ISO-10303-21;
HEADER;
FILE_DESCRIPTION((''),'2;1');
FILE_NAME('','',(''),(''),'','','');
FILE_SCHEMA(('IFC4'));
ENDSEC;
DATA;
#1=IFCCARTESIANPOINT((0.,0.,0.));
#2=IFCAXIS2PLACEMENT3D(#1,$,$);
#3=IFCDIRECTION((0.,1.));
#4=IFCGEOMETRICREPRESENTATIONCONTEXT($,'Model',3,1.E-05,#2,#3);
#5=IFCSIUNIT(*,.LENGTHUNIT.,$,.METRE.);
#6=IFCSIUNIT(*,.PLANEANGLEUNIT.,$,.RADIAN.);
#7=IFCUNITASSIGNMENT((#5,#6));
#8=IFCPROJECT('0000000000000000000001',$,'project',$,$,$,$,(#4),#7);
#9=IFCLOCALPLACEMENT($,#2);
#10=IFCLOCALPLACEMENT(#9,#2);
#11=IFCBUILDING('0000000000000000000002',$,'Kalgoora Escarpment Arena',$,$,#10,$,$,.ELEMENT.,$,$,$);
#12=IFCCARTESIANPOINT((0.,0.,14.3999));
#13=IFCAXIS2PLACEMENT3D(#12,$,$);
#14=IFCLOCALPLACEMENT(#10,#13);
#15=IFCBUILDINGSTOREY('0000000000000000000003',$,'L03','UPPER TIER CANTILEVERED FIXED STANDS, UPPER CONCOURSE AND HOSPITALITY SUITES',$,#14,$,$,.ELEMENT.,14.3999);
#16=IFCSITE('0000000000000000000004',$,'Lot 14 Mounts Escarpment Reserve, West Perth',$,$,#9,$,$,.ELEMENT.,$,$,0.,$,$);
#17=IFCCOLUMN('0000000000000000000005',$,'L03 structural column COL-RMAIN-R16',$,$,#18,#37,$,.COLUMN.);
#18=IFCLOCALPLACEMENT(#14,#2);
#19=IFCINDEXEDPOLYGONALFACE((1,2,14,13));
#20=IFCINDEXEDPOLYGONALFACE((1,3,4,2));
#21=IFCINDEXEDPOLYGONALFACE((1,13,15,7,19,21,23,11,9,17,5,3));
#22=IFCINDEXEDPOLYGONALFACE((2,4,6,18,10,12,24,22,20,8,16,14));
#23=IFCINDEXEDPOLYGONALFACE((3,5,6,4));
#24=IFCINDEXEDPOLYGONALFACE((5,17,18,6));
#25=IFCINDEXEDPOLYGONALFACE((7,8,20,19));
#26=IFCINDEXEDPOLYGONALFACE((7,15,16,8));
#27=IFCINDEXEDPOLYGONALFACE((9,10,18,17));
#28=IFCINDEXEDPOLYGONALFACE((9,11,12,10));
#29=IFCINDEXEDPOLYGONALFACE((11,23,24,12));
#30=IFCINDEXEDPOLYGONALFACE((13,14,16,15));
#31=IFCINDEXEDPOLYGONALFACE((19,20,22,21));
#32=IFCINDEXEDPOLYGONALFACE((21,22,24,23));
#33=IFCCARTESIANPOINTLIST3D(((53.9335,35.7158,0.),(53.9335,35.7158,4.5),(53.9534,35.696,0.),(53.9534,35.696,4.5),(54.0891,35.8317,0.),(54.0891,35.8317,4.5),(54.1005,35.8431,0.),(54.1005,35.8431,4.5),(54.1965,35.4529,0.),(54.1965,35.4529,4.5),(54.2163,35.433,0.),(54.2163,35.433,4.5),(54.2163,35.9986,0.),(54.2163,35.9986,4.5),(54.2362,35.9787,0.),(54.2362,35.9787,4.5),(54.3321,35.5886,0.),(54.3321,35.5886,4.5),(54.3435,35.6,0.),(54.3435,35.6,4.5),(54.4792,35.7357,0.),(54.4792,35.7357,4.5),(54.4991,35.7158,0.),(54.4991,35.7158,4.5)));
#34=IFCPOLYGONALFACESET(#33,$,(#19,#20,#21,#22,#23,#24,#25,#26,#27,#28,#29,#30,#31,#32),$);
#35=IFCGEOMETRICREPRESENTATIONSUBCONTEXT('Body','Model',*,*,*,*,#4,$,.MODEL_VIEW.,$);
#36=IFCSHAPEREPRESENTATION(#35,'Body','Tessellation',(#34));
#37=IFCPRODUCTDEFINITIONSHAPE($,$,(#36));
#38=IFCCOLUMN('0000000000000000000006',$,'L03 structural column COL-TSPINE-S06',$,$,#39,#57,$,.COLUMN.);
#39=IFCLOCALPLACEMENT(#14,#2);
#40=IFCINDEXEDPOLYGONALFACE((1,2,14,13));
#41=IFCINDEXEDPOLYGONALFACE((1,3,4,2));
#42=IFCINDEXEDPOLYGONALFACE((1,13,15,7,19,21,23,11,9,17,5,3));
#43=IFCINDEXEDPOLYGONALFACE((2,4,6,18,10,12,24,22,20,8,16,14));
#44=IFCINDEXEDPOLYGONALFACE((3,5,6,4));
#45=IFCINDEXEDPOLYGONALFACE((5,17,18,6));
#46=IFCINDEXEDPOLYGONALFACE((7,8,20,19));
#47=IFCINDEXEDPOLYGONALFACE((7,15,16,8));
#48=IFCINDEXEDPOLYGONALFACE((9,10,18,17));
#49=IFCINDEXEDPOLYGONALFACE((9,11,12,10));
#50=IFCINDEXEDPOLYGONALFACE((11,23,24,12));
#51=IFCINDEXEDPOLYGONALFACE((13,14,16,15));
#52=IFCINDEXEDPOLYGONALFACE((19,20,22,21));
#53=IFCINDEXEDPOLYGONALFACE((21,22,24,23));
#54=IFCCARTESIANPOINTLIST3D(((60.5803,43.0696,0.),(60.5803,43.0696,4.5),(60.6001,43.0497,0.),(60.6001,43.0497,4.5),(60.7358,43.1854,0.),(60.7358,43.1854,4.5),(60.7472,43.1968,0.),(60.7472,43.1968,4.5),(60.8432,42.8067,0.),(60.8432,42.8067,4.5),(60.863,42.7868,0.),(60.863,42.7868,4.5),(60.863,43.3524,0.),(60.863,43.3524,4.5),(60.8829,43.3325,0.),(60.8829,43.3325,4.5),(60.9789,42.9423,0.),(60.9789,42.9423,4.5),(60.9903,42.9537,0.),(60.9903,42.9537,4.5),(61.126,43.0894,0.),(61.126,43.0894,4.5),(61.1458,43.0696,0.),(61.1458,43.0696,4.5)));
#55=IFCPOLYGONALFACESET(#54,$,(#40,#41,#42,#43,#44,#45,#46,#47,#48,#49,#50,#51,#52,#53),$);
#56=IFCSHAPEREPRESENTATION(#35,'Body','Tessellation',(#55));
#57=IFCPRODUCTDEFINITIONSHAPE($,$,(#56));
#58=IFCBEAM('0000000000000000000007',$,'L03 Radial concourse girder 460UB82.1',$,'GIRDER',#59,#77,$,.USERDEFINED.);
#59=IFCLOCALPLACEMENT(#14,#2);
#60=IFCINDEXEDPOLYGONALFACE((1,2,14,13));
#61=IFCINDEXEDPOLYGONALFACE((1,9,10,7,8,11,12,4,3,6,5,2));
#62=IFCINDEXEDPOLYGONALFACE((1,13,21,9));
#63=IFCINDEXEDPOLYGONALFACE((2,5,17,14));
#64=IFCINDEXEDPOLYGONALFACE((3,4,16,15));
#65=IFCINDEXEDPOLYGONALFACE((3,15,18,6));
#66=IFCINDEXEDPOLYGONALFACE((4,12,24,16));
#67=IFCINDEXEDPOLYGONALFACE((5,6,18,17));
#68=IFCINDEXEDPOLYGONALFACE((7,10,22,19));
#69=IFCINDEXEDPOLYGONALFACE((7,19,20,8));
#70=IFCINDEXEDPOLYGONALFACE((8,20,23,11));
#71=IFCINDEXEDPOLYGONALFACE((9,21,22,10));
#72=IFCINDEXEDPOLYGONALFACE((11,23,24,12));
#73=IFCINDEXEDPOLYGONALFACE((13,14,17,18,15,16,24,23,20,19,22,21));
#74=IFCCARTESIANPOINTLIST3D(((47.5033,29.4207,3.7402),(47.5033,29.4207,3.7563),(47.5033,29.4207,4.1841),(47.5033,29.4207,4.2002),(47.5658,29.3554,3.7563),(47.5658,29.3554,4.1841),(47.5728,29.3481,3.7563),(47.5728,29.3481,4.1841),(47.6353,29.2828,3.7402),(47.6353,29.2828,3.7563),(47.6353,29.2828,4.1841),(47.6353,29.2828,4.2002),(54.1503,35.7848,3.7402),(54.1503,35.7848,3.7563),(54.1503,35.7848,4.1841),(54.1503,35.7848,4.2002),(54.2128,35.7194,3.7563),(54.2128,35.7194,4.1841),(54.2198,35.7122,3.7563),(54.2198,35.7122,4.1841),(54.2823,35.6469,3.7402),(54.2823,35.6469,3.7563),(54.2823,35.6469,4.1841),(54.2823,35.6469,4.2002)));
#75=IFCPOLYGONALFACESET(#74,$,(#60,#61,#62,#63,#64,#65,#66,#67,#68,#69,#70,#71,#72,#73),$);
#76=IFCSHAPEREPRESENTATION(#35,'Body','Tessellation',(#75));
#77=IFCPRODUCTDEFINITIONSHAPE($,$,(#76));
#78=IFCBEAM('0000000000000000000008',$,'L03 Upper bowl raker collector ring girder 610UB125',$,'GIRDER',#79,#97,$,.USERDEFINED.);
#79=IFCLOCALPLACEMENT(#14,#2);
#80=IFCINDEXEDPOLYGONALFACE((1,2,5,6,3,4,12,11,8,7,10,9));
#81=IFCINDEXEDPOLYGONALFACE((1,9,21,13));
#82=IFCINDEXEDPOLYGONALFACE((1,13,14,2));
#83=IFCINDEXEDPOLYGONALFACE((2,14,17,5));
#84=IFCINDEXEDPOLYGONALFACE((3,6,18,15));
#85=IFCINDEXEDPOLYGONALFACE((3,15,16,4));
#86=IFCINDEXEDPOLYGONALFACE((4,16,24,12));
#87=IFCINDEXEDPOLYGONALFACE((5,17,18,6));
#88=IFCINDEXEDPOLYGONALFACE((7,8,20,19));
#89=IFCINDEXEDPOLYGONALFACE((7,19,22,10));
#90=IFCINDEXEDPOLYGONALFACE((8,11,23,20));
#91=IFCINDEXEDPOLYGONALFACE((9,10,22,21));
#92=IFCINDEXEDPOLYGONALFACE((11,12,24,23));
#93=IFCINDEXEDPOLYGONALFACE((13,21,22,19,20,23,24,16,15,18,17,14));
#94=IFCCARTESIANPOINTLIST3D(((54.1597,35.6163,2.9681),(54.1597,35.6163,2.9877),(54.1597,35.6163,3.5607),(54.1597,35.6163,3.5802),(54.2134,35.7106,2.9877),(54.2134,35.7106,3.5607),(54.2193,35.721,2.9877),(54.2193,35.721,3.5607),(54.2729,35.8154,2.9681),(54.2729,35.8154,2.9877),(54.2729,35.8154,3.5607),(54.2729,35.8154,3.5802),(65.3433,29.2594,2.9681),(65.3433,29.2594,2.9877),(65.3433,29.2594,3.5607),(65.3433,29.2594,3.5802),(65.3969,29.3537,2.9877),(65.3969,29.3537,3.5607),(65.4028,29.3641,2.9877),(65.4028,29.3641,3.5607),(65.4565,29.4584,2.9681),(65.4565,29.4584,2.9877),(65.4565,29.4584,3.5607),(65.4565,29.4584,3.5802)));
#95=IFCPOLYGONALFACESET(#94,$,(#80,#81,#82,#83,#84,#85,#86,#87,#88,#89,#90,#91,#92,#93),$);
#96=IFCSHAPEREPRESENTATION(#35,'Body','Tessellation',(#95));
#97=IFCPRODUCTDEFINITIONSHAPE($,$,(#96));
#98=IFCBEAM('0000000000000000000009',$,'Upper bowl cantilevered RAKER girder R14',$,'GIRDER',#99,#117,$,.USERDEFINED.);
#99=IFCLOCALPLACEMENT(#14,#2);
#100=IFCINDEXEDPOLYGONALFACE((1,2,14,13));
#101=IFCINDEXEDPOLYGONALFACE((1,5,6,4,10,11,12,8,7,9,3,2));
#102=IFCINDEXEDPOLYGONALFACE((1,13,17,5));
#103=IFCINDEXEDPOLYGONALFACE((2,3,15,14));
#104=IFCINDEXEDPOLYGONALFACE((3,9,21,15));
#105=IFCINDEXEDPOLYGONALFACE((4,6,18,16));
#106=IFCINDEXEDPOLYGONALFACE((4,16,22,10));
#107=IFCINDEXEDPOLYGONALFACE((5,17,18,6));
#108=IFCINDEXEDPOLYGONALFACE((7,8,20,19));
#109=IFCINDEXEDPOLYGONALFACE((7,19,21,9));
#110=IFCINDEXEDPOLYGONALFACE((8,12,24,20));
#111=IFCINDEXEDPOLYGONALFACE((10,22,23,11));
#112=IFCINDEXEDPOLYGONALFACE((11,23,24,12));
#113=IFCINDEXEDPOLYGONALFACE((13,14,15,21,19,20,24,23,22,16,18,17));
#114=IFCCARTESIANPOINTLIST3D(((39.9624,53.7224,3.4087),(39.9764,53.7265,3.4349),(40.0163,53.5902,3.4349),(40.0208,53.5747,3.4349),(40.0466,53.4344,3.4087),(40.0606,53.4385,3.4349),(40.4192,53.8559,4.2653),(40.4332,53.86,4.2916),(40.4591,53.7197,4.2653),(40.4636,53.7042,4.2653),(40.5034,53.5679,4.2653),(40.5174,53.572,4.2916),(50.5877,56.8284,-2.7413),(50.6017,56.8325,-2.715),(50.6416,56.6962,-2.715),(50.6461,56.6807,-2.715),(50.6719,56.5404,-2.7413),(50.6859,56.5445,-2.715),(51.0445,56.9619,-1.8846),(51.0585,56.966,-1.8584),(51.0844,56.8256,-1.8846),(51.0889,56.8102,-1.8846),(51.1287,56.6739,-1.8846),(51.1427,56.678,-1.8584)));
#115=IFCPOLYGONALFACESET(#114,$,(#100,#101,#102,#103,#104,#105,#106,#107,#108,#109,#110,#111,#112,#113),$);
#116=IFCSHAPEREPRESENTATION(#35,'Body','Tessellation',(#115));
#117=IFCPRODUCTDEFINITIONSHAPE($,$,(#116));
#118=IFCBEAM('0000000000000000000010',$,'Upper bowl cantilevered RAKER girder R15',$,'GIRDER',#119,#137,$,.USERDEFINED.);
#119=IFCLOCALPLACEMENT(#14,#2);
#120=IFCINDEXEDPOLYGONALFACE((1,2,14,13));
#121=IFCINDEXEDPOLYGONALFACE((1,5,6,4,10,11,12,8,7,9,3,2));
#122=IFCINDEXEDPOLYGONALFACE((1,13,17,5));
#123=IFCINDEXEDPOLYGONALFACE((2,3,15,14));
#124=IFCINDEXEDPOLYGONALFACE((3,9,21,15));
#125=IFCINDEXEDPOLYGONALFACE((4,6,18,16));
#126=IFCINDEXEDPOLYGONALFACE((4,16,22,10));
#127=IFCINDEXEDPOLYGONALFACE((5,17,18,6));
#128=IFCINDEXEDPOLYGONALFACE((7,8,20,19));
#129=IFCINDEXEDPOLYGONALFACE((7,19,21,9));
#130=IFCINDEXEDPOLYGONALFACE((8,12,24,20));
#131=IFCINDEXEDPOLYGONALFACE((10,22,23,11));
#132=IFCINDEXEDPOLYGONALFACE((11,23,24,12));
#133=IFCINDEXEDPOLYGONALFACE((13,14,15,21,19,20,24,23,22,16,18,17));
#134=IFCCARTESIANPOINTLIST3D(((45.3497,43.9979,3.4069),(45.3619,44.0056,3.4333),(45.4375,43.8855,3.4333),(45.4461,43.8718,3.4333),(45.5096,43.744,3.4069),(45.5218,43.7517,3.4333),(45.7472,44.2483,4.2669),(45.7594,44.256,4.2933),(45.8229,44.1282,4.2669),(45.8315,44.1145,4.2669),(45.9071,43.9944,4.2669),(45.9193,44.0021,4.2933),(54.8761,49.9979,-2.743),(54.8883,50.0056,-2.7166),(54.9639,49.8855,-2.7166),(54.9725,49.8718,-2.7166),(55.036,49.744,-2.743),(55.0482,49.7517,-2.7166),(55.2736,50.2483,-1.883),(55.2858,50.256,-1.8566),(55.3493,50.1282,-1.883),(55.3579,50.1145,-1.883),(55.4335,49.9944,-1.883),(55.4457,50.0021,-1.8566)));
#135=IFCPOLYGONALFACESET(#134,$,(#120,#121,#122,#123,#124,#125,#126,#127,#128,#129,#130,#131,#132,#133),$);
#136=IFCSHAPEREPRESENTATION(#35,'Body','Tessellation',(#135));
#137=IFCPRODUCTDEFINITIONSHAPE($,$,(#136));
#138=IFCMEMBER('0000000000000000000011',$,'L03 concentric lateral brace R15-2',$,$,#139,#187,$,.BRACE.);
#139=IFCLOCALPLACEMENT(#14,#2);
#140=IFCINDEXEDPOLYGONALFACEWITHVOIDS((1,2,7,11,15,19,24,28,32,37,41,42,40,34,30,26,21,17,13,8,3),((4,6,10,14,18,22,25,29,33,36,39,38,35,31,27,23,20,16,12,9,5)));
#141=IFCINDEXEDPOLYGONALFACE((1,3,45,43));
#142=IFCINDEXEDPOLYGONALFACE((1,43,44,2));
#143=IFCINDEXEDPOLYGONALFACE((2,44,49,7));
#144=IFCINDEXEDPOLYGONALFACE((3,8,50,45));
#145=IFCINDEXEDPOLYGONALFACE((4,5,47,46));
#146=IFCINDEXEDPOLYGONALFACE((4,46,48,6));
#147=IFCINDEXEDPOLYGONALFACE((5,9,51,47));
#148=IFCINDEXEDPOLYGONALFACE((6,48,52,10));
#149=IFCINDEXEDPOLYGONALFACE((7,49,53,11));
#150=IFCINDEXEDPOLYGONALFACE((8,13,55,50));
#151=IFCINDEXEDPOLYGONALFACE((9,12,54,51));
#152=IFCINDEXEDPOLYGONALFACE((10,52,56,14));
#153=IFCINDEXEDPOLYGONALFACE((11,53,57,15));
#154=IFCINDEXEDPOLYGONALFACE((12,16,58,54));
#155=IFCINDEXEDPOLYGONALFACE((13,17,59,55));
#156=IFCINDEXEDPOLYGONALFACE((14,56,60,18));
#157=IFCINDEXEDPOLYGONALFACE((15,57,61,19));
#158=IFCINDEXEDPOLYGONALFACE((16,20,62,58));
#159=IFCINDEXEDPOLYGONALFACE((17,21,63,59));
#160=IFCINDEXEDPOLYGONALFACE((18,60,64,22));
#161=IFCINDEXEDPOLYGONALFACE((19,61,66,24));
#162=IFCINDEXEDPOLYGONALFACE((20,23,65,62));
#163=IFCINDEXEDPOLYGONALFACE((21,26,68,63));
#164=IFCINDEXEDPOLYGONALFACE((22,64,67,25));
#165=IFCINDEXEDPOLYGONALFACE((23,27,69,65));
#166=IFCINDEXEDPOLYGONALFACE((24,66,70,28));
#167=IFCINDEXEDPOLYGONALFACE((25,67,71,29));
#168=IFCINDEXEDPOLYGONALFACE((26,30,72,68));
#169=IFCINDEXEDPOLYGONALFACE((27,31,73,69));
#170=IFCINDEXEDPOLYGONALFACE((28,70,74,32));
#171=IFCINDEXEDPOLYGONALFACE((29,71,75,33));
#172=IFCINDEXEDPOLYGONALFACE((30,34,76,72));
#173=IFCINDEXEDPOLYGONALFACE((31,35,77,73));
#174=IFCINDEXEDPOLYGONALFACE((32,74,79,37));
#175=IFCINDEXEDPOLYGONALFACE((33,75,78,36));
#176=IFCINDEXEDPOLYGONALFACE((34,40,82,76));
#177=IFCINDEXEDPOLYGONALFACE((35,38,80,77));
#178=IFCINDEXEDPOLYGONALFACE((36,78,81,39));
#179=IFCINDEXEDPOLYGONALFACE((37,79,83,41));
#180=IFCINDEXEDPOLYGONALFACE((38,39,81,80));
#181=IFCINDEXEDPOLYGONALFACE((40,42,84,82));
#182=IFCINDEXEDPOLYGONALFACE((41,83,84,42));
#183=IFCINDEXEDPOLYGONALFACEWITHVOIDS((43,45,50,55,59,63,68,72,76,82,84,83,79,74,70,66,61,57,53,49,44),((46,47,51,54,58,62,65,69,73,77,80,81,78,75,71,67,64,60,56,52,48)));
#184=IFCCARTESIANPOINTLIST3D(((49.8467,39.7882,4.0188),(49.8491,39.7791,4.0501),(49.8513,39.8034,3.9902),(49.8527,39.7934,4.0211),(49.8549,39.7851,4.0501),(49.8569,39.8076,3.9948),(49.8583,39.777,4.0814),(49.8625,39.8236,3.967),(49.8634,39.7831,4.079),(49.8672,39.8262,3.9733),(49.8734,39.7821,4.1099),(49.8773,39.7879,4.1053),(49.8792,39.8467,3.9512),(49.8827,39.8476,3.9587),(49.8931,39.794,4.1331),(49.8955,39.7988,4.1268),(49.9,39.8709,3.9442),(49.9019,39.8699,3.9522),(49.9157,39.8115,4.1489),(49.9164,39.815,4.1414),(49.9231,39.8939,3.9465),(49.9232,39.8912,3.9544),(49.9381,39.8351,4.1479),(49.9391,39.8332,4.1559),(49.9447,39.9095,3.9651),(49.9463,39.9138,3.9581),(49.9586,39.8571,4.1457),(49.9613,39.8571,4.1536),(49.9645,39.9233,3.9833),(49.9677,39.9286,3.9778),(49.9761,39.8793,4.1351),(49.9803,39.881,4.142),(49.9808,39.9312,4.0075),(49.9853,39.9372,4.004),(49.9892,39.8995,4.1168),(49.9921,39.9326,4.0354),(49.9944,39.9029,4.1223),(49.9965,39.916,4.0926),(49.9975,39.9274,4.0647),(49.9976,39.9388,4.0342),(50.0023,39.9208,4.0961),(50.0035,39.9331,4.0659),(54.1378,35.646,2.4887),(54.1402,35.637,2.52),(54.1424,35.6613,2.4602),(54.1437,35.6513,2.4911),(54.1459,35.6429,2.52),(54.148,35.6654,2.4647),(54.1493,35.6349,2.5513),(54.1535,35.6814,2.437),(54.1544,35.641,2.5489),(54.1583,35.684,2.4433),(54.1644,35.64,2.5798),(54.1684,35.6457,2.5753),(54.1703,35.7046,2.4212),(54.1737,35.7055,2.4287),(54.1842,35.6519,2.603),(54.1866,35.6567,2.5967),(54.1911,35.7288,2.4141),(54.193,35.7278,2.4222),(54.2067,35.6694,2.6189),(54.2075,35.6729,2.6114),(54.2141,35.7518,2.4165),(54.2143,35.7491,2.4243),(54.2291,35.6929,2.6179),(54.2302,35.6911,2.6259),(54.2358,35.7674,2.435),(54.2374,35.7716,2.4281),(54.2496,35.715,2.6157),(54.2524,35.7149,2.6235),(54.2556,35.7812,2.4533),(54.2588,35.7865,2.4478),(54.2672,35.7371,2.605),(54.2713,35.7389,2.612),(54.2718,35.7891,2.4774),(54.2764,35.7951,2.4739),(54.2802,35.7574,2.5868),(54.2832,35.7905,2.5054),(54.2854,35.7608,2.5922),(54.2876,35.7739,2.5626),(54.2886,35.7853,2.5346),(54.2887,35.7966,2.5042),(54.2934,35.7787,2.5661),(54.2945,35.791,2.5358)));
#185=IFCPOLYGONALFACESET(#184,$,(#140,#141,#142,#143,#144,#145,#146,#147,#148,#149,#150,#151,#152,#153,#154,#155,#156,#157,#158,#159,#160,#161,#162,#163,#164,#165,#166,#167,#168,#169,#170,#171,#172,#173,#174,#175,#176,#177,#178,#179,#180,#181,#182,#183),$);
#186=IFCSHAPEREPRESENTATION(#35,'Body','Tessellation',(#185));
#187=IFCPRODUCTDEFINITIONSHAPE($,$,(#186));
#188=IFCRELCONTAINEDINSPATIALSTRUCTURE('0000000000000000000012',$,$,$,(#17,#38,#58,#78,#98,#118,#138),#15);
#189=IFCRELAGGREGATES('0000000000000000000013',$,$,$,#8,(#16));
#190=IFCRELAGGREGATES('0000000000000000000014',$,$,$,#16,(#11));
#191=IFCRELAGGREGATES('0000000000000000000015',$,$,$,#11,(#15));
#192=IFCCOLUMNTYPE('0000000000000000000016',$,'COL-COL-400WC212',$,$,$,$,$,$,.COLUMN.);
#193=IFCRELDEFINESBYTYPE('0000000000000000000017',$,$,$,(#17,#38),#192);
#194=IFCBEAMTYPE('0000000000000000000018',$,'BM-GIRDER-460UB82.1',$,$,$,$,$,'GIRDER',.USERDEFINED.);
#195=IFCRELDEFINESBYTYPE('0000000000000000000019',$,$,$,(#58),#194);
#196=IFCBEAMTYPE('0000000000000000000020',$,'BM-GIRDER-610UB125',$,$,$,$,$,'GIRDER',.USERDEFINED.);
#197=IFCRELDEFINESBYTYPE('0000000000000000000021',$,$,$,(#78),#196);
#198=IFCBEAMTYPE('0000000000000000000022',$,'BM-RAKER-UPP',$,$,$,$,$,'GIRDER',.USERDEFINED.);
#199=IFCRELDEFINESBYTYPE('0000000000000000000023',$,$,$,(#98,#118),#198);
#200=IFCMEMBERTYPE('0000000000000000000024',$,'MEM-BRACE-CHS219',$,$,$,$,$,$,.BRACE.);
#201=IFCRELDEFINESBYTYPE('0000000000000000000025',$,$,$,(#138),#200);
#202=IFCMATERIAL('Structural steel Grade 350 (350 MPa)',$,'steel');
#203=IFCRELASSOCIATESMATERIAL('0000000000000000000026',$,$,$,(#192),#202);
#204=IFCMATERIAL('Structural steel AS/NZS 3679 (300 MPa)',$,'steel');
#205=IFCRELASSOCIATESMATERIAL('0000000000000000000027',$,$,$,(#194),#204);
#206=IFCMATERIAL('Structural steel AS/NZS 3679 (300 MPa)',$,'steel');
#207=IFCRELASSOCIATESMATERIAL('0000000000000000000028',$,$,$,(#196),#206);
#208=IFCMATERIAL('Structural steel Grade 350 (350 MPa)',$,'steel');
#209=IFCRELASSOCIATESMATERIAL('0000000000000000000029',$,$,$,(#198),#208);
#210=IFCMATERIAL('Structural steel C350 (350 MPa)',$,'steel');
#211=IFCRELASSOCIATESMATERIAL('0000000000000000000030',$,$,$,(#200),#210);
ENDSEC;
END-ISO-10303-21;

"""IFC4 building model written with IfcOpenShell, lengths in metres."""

from ifc_helpers import new_model, si_unit, direction, frame, origin, origin_2d, place, context, subcontext, project, spatial, hollow_circle, i_section, extrude, material, material_profile, profile_set, type_object, element, save


model = new_model("IFC4")

# Units and contexts
model_context = context("Model", 3, precision=1e-05, world=origin(), true_north=direction((0.0, 1.0)))
body_context = subcontext(model_context, "Body", "Model", "MODEL_VIEW")
ifc_project = project(units=[si_unit("LENGTHUNIT", "METRE"), si_unit("PLANEANGLEUNIT", "RADIAN")], contexts=[model_context])

# Site, building, storey
site_placement = place(None, origin())
site = spatial("IfcSite", under=ifc_project, at=site_placement, Name="Lot 14 Mounts Escarpment Reserve, West Perth", CompositionType="ELEMENT", RefElevation=0.0)
building_placement = place(site_placement, origin())
building = spatial("IfcBuilding", under=site, at=building_placement, Name="Kalgoora Escarpment Arena", CompositionType="ELEMENT")
storey_placement = place(building_placement, frame((0.0, 0.0, 14.3999)))
storey = spatial("IfcBuildingStorey", under=building, at=storey_placement, Name="L03", Description="UPPER TIER CANTILEVERED FIXED STANDS, UPPER CONCOURSE AND HOSPITALITY SUITES", CompositionType="ELEMENT", Elevation=14.3999)

# Columns
ifc_material_1 = material(Name="Structural steel Grade 350 (350 MPa)", Category="steel")
ifc_material_profile_1 = material_profile(ifc_material_1, i_section(OverallWidth=0.3999, OverallDepth=0.3999, WebThickness=0.0161, FlangeThickness=0.0281, at=origin_2d()))
ifc_profile_set_1 = profile_set([ifc_material_profile_1], Name="Structural steel Grade 350 (350 MPa)")
column_type = type_object("IfcColumnType", Name="COL-COL-400WC212", PredefinedType="COLUMN", material=ifc_profile_set_1)
for number, where, z_axis, x_axis, name in (
    (1, (54.2163, 35.7158, 0.0), (0.0, 0.0, 1.0), (-0.707107, -0.707107, 0.0), "L03 structural column COL-RMAIN-R16"),
    (2, (60.863, 43.0696, 0.0), (0.0, 0.0, 1.0), (-0.707107, -0.707107, 0.0), "L03 structural column COL-TSPINE-S06"),
):
    element("IfcColumn", number, at=place(storey_placement, frame(where, z_axis=z_axis, x_axis=x_axis)), inside=storey, type_object=column_type, Name=name, PredefinedType="COLUMN", context=body_context, shape_type="SweptSolid", body=[
        extrude(i_section(OverallWidth=0.3999, OverallDepth=0.3999, WebThickness=0.0161, FlangeThickness=0.0281, at=origin_2d()), origin(), (0.0, 0.0, 1.0), 4.5),
    ])

# Beams
ifc_material_2 = material(Name="Structural steel AS/NZS 3679 (300 MPa)", Category="steel")
ifc_material_profile_2 = material_profile(ifc_material_2, i_section(OverallWidth=0.1909, OverallDepth=0.46, WebThickness=0.01, FlangeThickness=0.0161, at=origin_2d()))
ifc_profile_set_2 = profile_set([ifc_material_profile_2], Name="Structural steel AS/NZS 3679 (300 MPa)")
beam_type_1 = type_object("IfcBeamType", Name="BM-GIRDER-460UB82.1", ElementType="GIRDER", PredefinedType="USERDEFINED", material=ifc_profile_set_2)
beam_1_placement = place(storey_placement, frame((54.2163, 35.7158, 3.9702), z_axis=(-0.722314, -0.691565, 0.0), x_axis=(0.691565, -0.722314, 0.0)))
element("IfcBeam", 3, at=beam_1_placement, inside=storey, type_object=beam_type_1, Name="L03 Radial concourse girder 460UB82.1", ObjectType="GIRDER", PredefinedType="USERDEFINED", context=body_context, shape_type="SweptSolid", body=[
    extrude(i_section(OverallWidth=0.1909, OverallDepth=0.46, WebThickness=0.01, FlangeThickness=0.0161, at=origin_2d()), origin(), (0.0, 0.0, 1.0), 9.2024),
])
ifc_material_3 = material(Name="Structural steel AS/NZS 3679 (300 MPa)", Category="steel")
ifc_material_profile_3 = material_profile(ifc_material_3, i_section(OverallWidth=0.229, OverallDepth=0.6121, WebThickness=0.012, FlangeThickness=0.0195, at=origin_2d()))
ifc_profile_set_3 = profile_set([ifc_material_profile_3], Name="Structural steel AS/NZS 3679 (300 MPa)")
beam_type_2 = type_object("IfcBeamType", Name="BM-GIRDER-610UB125", ElementType="GIRDER", PredefinedType="USERDEFINED", material=ifc_profile_set_3)
beam_2_placement = place(storey_placement, frame((54.2163, 35.7158, 3.2742), z_axis=(0.869369, -0.494163, 0.0), x_axis=(0.494163, 0.869369, 0.0)))
element("IfcBeam", 4, at=beam_2_placement, inside=storey, type_object=beam_type_2, Name="L03 Upper bowl raker collector ring girder 610UB125", ObjectType="GIRDER", PredefinedType="USERDEFINED", context=body_context, shape_type="SweptSolid", body=[
    extrude(i_section(OverallWidth=0.229, OverallDepth=0.6121, WebThickness=0.012, FlangeThickness=0.0195, at=origin_2d()), origin(), (0.0, 0.0, 1.0), 12.864),
])
ifc_material_4 = material(Name="Structural steel Grade 350 (350 MPa)", Category="steel")
ifc_material_profile_4 = material_profile(ifc_material_4, i_section(OverallWidth=0.3, OverallDepth=1.01, WebThickness=0.0161, FlangeThickness=0.03, at=origin_2d()))
ifc_profile_set_4 = profile_set([ifc_material_profile_4], Name="Structural steel Grade 350 (350 MPa)")
beam_type_3 = type_object("IfcBeamType", Name="BM-RAKER-UPP", ElementType="GIRDER", PredefinedType="USERDEFINED", material=ifc_profile_set_4)
beam_3_placement = place(storey_placement, frame((50.8652, 56.7532, -2.2998), z_axis=(-0.839045, -0.245269, 0.48564), x_axis=(0.280577, -0.959832, 0.0)))
element("IfcBeam", 5, at=beam_3_placement, inside=storey, type_object=beam_type_3, Name="Upper bowl cantilevered RAKER girder R14", ObjectType="GIRDER", PredefinedType="USERDEFINED", context=body_context, shape_type="SweptSolid", body=[
    extrude(i_section(OverallWidth=0.3, OverallDepth=1.01, WebThickness=0.0161, FlangeThickness=0.03, at=origin_2d()), origin(), (0.0, 0.0, 1.0), 12.6636),
])
beam_4_placement = place(storey_placement, frame((55.1609, 50.0, -2.2998), z_axis=(-0.742588, -0.467705, 0.47939), x_axis=(0.532935, -0.846156, 0.0)))
element("IfcBeam", 6, at=beam_4_placement, inside=storey, type_object=beam_type_3, Name="Upper bowl cantilevered RAKER girder R15", ObjectType="GIRDER", PredefinedType="USERDEFINED", context=body_context, shape_type="SweptSolid", body=[
    extrude(i_section(OverallWidth=0.3, OverallDepth=1.01, WebThickness=0.0161, FlangeThickness=0.03, at=origin_2d()), origin(), (0.0, 0.0, 1.0), 12.8286),
])

# Member
ifc_material_5 = material(Name="Structural steel C350 (350 MPa)", Category="steel")
ifc_material_profile_5 = material_profile(ifc_material_5, hollow_circle(Radius=0.1096, WallThickness=0.0083, at=origin_2d()))
ifc_profile_set_5 = profile_set([ifc_material_profile_5], Name="Structural steel C350 (350 MPa)")
member_type_1 = type_object("IfcMemberType", Name="MEM-BRACE-CHS219", PredefinedType="BRACE", material=ifc_profile_set_5)
member_1_placement = place(storey_placement, frame((54.2163, 35.7158, 2.52), z_axis=(-0.696914, 0.672727, 0.248496), x_axis=(-0.694511, -0.719482, 0.0)))
element("IfcMember", 7, at=member_1_placement, inside=storey, type_object=member_type_1, Name="L03 concentric lateral brace R15-2", PredefinedType="BRACE", context=body_context, shape_type="SweptSolid", body=[
    extrude(hollow_circle(Radius=0.1096, WallThickness=0.0083, at=origin_2d()), origin(), (0.0, 0.0, 1.0), 6.1572),
])

save(model, "model.ifc")
